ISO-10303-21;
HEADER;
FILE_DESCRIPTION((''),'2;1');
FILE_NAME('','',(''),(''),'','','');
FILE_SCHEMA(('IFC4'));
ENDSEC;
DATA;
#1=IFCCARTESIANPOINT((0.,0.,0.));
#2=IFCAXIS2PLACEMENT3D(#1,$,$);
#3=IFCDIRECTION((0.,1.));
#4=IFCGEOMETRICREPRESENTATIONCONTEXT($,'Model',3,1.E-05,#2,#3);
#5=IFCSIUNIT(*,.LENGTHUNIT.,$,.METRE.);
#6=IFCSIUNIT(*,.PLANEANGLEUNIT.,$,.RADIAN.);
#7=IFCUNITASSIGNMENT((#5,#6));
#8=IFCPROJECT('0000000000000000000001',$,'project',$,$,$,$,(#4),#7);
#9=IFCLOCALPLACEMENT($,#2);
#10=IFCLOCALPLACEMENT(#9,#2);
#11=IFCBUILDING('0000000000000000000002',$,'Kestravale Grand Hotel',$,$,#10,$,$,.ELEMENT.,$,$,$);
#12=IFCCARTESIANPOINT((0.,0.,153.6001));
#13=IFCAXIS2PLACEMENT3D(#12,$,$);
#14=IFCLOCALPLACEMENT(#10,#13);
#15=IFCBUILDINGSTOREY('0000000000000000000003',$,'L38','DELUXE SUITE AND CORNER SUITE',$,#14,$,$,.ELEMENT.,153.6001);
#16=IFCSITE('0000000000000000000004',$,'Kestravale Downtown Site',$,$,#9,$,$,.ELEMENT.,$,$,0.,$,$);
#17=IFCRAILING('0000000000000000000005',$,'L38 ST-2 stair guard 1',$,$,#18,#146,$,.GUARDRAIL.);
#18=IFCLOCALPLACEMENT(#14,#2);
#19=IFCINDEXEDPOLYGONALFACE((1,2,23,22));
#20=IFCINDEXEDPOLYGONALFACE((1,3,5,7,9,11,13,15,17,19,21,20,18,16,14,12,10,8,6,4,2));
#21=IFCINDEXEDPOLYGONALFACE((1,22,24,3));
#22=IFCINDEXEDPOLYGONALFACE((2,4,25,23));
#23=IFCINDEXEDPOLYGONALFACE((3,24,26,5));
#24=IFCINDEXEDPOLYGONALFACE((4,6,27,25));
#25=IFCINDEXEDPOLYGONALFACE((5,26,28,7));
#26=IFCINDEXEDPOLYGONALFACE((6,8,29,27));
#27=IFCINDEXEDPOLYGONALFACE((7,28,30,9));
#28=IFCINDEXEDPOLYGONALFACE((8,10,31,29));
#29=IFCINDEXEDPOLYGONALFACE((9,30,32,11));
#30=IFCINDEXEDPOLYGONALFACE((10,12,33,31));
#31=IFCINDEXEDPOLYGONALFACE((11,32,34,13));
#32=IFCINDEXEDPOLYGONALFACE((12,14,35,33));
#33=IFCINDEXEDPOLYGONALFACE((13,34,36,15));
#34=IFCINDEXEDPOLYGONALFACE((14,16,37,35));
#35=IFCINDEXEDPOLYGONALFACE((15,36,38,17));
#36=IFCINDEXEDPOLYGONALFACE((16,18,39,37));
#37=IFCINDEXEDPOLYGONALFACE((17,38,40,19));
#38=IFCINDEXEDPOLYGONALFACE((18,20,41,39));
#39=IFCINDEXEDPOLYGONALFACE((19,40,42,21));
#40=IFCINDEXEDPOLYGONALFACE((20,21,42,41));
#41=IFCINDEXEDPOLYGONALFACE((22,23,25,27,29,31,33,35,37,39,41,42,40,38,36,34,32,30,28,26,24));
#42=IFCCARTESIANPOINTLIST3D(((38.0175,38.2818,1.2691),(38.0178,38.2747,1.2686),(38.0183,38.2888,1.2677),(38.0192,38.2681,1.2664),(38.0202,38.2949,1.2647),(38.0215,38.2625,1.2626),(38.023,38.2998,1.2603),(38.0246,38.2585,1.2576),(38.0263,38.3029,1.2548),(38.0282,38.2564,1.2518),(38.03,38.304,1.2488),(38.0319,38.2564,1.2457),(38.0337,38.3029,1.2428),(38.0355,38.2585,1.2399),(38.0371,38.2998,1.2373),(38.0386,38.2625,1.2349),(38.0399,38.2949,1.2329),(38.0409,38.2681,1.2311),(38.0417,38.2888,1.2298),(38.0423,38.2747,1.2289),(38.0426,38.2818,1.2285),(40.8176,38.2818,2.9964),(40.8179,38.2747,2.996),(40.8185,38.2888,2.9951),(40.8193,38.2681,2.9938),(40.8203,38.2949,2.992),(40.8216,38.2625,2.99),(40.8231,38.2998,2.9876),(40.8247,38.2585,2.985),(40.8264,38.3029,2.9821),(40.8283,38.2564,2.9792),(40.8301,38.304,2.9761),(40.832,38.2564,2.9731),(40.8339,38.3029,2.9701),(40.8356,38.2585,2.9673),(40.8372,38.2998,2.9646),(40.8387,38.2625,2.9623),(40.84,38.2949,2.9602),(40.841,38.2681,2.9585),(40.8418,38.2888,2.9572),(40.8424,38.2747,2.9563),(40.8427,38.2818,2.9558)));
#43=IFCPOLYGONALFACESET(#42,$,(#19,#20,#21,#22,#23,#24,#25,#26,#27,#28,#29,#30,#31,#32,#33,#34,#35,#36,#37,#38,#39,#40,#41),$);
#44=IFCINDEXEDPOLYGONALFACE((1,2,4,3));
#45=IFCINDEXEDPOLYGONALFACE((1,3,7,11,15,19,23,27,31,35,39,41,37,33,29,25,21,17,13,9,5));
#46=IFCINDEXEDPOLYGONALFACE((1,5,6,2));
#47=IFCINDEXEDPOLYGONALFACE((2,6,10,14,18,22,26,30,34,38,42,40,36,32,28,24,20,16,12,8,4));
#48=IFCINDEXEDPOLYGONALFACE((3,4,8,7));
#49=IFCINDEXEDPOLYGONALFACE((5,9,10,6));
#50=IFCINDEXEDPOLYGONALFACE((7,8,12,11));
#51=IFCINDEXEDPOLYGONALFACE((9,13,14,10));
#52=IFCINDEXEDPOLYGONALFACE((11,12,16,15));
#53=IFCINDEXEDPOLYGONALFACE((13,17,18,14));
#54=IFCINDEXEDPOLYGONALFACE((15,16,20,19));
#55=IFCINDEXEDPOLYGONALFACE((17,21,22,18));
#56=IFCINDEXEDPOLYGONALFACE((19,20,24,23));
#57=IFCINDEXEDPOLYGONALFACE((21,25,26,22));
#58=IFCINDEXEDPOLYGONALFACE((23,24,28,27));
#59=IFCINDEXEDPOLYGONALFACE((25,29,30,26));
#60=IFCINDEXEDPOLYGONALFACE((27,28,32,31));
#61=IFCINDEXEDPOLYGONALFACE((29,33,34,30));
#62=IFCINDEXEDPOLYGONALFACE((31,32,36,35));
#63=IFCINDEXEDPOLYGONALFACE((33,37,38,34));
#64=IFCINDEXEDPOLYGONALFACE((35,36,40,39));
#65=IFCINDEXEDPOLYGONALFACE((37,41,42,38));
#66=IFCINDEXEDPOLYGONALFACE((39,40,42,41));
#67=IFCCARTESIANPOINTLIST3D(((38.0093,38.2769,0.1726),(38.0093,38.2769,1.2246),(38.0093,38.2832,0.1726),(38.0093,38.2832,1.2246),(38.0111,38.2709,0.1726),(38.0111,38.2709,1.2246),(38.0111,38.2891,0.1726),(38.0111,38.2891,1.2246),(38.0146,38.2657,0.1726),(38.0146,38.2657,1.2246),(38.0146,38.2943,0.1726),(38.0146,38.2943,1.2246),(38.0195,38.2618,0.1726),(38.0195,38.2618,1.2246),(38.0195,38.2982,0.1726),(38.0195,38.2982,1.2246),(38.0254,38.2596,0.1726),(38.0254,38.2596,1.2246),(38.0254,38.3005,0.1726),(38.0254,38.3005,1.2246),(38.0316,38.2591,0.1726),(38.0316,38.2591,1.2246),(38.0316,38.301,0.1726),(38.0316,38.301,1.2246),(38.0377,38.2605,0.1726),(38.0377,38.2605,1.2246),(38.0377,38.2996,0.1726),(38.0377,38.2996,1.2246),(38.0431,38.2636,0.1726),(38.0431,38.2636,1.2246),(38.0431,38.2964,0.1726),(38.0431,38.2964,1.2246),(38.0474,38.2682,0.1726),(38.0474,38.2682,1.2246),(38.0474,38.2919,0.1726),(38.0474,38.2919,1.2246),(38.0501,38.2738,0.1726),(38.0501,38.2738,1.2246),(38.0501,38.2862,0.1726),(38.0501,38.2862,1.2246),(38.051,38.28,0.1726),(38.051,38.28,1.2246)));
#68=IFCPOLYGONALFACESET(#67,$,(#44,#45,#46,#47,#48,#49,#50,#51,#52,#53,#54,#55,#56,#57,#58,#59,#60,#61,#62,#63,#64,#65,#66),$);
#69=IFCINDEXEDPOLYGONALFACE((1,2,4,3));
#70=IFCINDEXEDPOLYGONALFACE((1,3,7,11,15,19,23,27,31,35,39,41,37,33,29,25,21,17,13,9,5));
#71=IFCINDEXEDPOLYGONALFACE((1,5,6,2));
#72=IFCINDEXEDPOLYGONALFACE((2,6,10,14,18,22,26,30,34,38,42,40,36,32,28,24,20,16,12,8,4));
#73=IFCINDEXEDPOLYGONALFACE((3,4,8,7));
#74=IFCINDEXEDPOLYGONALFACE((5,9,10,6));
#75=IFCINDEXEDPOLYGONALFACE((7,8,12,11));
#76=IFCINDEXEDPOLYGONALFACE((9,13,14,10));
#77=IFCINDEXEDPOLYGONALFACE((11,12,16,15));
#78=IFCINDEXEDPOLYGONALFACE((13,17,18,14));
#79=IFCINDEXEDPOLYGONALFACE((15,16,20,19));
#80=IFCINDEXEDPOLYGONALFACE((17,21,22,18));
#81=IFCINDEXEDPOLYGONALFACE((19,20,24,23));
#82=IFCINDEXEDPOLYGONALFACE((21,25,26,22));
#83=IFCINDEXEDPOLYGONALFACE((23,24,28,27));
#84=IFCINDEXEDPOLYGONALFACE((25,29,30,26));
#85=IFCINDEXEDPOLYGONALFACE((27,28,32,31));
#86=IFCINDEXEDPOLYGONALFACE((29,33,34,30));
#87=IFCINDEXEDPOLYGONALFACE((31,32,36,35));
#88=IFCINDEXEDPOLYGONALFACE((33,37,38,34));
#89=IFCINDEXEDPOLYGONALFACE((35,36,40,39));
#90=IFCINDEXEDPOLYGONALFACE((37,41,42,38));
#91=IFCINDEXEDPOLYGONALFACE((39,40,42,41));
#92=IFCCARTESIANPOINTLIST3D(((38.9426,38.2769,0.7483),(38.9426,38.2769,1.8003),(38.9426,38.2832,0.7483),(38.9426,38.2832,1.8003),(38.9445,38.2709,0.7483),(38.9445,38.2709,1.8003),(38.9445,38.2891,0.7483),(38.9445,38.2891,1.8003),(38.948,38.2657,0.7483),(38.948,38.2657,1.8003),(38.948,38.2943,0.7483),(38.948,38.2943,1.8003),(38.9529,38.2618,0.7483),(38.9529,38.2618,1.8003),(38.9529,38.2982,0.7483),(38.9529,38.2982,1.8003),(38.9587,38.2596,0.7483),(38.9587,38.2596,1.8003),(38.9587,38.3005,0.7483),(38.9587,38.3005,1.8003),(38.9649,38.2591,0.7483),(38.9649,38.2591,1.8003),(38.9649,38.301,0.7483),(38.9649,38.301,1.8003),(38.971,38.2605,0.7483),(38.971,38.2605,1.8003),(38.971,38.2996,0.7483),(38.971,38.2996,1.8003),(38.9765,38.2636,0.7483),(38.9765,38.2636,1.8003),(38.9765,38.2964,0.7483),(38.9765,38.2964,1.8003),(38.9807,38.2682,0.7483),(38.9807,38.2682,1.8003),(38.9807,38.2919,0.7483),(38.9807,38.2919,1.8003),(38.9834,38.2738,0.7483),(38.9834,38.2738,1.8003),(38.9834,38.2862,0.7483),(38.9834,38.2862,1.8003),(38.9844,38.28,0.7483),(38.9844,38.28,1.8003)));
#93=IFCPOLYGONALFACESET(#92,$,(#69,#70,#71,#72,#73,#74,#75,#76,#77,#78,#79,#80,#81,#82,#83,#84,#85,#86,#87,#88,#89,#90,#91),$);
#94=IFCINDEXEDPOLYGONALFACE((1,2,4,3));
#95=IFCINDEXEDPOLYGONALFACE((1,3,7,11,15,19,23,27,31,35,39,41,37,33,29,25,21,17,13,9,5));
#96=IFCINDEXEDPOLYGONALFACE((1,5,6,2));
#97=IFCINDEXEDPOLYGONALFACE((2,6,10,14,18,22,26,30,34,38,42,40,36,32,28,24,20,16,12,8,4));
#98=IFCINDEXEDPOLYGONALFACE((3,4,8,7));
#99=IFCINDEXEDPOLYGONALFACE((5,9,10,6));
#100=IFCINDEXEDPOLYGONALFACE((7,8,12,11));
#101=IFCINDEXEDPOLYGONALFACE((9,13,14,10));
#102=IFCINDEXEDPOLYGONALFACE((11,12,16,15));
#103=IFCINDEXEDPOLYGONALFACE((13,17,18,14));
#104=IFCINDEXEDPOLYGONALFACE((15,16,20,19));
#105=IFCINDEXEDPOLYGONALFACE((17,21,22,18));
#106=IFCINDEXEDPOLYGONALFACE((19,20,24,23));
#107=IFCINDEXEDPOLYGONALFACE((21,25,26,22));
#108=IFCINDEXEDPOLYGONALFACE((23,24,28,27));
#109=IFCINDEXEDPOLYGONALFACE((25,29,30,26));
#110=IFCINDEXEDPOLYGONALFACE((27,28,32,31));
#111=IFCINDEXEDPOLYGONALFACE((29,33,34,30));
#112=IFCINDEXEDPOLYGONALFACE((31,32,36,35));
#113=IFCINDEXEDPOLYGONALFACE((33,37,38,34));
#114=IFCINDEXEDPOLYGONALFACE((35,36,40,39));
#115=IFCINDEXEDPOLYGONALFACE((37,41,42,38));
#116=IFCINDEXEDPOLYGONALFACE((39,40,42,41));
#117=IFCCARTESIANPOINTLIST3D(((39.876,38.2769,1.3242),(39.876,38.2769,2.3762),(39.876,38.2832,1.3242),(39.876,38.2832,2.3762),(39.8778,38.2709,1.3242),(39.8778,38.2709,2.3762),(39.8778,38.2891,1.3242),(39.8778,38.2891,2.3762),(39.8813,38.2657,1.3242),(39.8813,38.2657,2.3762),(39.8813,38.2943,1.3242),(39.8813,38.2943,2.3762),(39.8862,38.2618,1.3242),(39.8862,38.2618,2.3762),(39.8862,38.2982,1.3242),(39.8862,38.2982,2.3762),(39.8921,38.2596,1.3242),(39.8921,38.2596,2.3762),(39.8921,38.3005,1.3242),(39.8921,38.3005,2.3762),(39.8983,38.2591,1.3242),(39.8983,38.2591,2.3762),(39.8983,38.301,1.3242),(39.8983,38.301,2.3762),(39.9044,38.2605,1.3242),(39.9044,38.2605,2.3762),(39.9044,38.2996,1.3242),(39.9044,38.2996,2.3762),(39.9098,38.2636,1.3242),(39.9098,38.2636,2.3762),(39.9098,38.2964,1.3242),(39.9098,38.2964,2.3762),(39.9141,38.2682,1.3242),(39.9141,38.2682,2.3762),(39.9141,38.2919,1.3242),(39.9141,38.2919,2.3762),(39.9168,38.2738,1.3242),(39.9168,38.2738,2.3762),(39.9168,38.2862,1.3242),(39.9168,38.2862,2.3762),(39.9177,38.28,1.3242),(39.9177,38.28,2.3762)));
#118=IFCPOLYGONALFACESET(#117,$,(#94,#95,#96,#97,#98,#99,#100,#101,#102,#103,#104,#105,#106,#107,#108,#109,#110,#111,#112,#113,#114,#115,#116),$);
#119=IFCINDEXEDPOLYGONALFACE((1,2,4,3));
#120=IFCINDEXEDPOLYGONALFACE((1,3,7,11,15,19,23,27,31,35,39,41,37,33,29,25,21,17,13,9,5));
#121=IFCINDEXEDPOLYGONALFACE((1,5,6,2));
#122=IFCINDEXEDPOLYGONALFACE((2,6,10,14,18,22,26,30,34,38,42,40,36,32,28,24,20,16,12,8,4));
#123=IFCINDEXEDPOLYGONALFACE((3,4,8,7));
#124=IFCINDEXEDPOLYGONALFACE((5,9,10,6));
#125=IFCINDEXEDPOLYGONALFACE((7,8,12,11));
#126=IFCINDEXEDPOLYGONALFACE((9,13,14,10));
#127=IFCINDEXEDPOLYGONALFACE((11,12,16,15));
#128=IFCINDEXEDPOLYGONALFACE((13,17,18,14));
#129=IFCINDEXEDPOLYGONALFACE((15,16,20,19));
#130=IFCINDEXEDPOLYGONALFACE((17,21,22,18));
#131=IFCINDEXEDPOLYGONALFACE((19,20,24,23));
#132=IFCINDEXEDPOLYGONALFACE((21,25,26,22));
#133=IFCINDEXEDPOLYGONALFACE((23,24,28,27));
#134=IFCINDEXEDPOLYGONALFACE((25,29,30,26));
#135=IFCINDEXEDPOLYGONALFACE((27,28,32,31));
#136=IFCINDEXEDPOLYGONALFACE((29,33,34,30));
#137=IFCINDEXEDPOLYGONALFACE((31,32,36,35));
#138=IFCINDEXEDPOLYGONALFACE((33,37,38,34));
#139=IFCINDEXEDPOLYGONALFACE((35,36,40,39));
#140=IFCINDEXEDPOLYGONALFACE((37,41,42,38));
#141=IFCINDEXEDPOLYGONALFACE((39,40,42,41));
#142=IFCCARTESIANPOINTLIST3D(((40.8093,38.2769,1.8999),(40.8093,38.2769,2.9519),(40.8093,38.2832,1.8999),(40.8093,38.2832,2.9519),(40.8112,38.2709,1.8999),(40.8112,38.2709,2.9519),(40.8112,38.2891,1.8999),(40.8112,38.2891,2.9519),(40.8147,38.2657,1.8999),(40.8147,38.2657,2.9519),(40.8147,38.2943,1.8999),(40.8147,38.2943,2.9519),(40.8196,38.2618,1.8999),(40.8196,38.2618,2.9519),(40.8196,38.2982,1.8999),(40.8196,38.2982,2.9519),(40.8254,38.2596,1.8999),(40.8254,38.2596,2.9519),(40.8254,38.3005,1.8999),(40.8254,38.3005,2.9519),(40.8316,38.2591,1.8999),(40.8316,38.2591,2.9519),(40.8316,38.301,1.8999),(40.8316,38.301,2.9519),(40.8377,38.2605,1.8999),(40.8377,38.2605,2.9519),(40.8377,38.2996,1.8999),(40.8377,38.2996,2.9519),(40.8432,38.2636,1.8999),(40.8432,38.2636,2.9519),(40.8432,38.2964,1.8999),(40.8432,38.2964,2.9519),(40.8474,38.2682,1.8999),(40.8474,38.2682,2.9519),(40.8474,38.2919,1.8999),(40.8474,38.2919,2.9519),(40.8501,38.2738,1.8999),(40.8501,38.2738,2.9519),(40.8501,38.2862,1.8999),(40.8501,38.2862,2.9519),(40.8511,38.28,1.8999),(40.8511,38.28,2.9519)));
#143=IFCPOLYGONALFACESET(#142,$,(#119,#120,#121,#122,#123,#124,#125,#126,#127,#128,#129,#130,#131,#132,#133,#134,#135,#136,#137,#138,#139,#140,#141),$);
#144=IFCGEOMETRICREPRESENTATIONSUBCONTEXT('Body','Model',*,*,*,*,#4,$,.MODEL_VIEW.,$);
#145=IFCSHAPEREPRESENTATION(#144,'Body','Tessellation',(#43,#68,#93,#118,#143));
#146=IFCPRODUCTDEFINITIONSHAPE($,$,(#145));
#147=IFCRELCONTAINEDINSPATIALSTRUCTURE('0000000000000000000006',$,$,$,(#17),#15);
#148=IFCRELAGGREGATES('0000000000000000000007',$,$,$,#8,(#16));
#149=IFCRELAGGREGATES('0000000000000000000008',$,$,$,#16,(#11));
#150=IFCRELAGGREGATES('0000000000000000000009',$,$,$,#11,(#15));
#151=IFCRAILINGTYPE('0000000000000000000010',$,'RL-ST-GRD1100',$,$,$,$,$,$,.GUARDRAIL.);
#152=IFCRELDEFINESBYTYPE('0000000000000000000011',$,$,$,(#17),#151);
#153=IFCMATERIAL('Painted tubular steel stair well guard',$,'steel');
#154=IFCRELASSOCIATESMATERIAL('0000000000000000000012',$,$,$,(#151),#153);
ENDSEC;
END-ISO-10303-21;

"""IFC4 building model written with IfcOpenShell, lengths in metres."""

from ifc_helpers import new_model, si_unit, direction, frame, origin, origin_2d, place, context, subcontext, project, spatial, circle, extrude, material, type_object, element, save


model = new_model("IFC4")

# Units and contexts
model_context = context("Model", 3, precision=1e-05, world=origin(), true_north=direction((0.0, 1.0)))
body_context = subcontext(model_context, "Body", "Model", "MODEL_VIEW")
ifc_project = project(units=[si_unit("LENGTHUNIT", "METRE"), si_unit("PLANEANGLEUNIT", "RADIAN")], contexts=[model_context])

# Site, building, storey
site_placement = place(None, origin())
site = spatial("IfcSite", under=ifc_project, at=site_placement, Name="Kestravale Downtown Site", CompositionType="ELEMENT", RefElevation=0.0)
building_placement = place(site_placement, origin())
building = spatial("IfcBuilding", under=site, at=building_placement, Name="Kestravale Grand Hotel", CompositionType="ELEMENT")
storey_placement = place(building_placement, frame((0.0, 0.0, 153.6001)))
storey = spatial("IfcBuildingStorey", under=building, at=storey_placement, Name="L38", Description="DELUXE SUITE AND CORNER SUITE", CompositionType="ELEMENT", Elevation=153.6001)

# Railing
ifc_material_1 = material(Name="Painted tubular steel stair well guard", Category="steel")
railing_type_1 = type_object("IfcRailingType", Name="RL-ST-GRD1100", PredefinedType="GUARDRAIL", material=ifc_material_1)
railing_1_placement = place(storey_placement, frame((38.03, 38.28, 0.1726)))
element("IfcRailing", 1, at=railing_1_placement, inside=storey, type_object=railing_type_1, Name="L38 ST-2 stair guard 1", PredefinedType="GUARDRAIL", context=body_context, shape_type="SweptSolid", body=[
    extrude(circle(Radius=0.0239, at=origin_2d()), frame((0.0, 0.0, 1.0762), z_axis=(0.85109, 0.0, 0.52502), x_axis=(0.0, 1.0, 0.0)), (0.0, 0.0, 1.0), 3.29),
    extrude(circle(Radius=0.021, at=origin_2d()), origin(), (0.0, 0.0, 1.0), 1.052),
    extrude(circle(Radius=0.021, at=origin_2d()), frame((0.9333, 0.0, 0.5757)), (0.0, 0.0, 1.0), 1.052),
    extrude(circle(Radius=0.021, at=origin_2d()), frame((1.8667, 0.0, 1.1516)), (0.0, 0.0, 1.0), 1.052),
    extrude(circle(Radius=0.021, at=origin_2d()), frame((2.8, 0.0, 1.7273)), (0.0, 0.0, 1.0), 1.052),
])

save(model, "model.ifc")
